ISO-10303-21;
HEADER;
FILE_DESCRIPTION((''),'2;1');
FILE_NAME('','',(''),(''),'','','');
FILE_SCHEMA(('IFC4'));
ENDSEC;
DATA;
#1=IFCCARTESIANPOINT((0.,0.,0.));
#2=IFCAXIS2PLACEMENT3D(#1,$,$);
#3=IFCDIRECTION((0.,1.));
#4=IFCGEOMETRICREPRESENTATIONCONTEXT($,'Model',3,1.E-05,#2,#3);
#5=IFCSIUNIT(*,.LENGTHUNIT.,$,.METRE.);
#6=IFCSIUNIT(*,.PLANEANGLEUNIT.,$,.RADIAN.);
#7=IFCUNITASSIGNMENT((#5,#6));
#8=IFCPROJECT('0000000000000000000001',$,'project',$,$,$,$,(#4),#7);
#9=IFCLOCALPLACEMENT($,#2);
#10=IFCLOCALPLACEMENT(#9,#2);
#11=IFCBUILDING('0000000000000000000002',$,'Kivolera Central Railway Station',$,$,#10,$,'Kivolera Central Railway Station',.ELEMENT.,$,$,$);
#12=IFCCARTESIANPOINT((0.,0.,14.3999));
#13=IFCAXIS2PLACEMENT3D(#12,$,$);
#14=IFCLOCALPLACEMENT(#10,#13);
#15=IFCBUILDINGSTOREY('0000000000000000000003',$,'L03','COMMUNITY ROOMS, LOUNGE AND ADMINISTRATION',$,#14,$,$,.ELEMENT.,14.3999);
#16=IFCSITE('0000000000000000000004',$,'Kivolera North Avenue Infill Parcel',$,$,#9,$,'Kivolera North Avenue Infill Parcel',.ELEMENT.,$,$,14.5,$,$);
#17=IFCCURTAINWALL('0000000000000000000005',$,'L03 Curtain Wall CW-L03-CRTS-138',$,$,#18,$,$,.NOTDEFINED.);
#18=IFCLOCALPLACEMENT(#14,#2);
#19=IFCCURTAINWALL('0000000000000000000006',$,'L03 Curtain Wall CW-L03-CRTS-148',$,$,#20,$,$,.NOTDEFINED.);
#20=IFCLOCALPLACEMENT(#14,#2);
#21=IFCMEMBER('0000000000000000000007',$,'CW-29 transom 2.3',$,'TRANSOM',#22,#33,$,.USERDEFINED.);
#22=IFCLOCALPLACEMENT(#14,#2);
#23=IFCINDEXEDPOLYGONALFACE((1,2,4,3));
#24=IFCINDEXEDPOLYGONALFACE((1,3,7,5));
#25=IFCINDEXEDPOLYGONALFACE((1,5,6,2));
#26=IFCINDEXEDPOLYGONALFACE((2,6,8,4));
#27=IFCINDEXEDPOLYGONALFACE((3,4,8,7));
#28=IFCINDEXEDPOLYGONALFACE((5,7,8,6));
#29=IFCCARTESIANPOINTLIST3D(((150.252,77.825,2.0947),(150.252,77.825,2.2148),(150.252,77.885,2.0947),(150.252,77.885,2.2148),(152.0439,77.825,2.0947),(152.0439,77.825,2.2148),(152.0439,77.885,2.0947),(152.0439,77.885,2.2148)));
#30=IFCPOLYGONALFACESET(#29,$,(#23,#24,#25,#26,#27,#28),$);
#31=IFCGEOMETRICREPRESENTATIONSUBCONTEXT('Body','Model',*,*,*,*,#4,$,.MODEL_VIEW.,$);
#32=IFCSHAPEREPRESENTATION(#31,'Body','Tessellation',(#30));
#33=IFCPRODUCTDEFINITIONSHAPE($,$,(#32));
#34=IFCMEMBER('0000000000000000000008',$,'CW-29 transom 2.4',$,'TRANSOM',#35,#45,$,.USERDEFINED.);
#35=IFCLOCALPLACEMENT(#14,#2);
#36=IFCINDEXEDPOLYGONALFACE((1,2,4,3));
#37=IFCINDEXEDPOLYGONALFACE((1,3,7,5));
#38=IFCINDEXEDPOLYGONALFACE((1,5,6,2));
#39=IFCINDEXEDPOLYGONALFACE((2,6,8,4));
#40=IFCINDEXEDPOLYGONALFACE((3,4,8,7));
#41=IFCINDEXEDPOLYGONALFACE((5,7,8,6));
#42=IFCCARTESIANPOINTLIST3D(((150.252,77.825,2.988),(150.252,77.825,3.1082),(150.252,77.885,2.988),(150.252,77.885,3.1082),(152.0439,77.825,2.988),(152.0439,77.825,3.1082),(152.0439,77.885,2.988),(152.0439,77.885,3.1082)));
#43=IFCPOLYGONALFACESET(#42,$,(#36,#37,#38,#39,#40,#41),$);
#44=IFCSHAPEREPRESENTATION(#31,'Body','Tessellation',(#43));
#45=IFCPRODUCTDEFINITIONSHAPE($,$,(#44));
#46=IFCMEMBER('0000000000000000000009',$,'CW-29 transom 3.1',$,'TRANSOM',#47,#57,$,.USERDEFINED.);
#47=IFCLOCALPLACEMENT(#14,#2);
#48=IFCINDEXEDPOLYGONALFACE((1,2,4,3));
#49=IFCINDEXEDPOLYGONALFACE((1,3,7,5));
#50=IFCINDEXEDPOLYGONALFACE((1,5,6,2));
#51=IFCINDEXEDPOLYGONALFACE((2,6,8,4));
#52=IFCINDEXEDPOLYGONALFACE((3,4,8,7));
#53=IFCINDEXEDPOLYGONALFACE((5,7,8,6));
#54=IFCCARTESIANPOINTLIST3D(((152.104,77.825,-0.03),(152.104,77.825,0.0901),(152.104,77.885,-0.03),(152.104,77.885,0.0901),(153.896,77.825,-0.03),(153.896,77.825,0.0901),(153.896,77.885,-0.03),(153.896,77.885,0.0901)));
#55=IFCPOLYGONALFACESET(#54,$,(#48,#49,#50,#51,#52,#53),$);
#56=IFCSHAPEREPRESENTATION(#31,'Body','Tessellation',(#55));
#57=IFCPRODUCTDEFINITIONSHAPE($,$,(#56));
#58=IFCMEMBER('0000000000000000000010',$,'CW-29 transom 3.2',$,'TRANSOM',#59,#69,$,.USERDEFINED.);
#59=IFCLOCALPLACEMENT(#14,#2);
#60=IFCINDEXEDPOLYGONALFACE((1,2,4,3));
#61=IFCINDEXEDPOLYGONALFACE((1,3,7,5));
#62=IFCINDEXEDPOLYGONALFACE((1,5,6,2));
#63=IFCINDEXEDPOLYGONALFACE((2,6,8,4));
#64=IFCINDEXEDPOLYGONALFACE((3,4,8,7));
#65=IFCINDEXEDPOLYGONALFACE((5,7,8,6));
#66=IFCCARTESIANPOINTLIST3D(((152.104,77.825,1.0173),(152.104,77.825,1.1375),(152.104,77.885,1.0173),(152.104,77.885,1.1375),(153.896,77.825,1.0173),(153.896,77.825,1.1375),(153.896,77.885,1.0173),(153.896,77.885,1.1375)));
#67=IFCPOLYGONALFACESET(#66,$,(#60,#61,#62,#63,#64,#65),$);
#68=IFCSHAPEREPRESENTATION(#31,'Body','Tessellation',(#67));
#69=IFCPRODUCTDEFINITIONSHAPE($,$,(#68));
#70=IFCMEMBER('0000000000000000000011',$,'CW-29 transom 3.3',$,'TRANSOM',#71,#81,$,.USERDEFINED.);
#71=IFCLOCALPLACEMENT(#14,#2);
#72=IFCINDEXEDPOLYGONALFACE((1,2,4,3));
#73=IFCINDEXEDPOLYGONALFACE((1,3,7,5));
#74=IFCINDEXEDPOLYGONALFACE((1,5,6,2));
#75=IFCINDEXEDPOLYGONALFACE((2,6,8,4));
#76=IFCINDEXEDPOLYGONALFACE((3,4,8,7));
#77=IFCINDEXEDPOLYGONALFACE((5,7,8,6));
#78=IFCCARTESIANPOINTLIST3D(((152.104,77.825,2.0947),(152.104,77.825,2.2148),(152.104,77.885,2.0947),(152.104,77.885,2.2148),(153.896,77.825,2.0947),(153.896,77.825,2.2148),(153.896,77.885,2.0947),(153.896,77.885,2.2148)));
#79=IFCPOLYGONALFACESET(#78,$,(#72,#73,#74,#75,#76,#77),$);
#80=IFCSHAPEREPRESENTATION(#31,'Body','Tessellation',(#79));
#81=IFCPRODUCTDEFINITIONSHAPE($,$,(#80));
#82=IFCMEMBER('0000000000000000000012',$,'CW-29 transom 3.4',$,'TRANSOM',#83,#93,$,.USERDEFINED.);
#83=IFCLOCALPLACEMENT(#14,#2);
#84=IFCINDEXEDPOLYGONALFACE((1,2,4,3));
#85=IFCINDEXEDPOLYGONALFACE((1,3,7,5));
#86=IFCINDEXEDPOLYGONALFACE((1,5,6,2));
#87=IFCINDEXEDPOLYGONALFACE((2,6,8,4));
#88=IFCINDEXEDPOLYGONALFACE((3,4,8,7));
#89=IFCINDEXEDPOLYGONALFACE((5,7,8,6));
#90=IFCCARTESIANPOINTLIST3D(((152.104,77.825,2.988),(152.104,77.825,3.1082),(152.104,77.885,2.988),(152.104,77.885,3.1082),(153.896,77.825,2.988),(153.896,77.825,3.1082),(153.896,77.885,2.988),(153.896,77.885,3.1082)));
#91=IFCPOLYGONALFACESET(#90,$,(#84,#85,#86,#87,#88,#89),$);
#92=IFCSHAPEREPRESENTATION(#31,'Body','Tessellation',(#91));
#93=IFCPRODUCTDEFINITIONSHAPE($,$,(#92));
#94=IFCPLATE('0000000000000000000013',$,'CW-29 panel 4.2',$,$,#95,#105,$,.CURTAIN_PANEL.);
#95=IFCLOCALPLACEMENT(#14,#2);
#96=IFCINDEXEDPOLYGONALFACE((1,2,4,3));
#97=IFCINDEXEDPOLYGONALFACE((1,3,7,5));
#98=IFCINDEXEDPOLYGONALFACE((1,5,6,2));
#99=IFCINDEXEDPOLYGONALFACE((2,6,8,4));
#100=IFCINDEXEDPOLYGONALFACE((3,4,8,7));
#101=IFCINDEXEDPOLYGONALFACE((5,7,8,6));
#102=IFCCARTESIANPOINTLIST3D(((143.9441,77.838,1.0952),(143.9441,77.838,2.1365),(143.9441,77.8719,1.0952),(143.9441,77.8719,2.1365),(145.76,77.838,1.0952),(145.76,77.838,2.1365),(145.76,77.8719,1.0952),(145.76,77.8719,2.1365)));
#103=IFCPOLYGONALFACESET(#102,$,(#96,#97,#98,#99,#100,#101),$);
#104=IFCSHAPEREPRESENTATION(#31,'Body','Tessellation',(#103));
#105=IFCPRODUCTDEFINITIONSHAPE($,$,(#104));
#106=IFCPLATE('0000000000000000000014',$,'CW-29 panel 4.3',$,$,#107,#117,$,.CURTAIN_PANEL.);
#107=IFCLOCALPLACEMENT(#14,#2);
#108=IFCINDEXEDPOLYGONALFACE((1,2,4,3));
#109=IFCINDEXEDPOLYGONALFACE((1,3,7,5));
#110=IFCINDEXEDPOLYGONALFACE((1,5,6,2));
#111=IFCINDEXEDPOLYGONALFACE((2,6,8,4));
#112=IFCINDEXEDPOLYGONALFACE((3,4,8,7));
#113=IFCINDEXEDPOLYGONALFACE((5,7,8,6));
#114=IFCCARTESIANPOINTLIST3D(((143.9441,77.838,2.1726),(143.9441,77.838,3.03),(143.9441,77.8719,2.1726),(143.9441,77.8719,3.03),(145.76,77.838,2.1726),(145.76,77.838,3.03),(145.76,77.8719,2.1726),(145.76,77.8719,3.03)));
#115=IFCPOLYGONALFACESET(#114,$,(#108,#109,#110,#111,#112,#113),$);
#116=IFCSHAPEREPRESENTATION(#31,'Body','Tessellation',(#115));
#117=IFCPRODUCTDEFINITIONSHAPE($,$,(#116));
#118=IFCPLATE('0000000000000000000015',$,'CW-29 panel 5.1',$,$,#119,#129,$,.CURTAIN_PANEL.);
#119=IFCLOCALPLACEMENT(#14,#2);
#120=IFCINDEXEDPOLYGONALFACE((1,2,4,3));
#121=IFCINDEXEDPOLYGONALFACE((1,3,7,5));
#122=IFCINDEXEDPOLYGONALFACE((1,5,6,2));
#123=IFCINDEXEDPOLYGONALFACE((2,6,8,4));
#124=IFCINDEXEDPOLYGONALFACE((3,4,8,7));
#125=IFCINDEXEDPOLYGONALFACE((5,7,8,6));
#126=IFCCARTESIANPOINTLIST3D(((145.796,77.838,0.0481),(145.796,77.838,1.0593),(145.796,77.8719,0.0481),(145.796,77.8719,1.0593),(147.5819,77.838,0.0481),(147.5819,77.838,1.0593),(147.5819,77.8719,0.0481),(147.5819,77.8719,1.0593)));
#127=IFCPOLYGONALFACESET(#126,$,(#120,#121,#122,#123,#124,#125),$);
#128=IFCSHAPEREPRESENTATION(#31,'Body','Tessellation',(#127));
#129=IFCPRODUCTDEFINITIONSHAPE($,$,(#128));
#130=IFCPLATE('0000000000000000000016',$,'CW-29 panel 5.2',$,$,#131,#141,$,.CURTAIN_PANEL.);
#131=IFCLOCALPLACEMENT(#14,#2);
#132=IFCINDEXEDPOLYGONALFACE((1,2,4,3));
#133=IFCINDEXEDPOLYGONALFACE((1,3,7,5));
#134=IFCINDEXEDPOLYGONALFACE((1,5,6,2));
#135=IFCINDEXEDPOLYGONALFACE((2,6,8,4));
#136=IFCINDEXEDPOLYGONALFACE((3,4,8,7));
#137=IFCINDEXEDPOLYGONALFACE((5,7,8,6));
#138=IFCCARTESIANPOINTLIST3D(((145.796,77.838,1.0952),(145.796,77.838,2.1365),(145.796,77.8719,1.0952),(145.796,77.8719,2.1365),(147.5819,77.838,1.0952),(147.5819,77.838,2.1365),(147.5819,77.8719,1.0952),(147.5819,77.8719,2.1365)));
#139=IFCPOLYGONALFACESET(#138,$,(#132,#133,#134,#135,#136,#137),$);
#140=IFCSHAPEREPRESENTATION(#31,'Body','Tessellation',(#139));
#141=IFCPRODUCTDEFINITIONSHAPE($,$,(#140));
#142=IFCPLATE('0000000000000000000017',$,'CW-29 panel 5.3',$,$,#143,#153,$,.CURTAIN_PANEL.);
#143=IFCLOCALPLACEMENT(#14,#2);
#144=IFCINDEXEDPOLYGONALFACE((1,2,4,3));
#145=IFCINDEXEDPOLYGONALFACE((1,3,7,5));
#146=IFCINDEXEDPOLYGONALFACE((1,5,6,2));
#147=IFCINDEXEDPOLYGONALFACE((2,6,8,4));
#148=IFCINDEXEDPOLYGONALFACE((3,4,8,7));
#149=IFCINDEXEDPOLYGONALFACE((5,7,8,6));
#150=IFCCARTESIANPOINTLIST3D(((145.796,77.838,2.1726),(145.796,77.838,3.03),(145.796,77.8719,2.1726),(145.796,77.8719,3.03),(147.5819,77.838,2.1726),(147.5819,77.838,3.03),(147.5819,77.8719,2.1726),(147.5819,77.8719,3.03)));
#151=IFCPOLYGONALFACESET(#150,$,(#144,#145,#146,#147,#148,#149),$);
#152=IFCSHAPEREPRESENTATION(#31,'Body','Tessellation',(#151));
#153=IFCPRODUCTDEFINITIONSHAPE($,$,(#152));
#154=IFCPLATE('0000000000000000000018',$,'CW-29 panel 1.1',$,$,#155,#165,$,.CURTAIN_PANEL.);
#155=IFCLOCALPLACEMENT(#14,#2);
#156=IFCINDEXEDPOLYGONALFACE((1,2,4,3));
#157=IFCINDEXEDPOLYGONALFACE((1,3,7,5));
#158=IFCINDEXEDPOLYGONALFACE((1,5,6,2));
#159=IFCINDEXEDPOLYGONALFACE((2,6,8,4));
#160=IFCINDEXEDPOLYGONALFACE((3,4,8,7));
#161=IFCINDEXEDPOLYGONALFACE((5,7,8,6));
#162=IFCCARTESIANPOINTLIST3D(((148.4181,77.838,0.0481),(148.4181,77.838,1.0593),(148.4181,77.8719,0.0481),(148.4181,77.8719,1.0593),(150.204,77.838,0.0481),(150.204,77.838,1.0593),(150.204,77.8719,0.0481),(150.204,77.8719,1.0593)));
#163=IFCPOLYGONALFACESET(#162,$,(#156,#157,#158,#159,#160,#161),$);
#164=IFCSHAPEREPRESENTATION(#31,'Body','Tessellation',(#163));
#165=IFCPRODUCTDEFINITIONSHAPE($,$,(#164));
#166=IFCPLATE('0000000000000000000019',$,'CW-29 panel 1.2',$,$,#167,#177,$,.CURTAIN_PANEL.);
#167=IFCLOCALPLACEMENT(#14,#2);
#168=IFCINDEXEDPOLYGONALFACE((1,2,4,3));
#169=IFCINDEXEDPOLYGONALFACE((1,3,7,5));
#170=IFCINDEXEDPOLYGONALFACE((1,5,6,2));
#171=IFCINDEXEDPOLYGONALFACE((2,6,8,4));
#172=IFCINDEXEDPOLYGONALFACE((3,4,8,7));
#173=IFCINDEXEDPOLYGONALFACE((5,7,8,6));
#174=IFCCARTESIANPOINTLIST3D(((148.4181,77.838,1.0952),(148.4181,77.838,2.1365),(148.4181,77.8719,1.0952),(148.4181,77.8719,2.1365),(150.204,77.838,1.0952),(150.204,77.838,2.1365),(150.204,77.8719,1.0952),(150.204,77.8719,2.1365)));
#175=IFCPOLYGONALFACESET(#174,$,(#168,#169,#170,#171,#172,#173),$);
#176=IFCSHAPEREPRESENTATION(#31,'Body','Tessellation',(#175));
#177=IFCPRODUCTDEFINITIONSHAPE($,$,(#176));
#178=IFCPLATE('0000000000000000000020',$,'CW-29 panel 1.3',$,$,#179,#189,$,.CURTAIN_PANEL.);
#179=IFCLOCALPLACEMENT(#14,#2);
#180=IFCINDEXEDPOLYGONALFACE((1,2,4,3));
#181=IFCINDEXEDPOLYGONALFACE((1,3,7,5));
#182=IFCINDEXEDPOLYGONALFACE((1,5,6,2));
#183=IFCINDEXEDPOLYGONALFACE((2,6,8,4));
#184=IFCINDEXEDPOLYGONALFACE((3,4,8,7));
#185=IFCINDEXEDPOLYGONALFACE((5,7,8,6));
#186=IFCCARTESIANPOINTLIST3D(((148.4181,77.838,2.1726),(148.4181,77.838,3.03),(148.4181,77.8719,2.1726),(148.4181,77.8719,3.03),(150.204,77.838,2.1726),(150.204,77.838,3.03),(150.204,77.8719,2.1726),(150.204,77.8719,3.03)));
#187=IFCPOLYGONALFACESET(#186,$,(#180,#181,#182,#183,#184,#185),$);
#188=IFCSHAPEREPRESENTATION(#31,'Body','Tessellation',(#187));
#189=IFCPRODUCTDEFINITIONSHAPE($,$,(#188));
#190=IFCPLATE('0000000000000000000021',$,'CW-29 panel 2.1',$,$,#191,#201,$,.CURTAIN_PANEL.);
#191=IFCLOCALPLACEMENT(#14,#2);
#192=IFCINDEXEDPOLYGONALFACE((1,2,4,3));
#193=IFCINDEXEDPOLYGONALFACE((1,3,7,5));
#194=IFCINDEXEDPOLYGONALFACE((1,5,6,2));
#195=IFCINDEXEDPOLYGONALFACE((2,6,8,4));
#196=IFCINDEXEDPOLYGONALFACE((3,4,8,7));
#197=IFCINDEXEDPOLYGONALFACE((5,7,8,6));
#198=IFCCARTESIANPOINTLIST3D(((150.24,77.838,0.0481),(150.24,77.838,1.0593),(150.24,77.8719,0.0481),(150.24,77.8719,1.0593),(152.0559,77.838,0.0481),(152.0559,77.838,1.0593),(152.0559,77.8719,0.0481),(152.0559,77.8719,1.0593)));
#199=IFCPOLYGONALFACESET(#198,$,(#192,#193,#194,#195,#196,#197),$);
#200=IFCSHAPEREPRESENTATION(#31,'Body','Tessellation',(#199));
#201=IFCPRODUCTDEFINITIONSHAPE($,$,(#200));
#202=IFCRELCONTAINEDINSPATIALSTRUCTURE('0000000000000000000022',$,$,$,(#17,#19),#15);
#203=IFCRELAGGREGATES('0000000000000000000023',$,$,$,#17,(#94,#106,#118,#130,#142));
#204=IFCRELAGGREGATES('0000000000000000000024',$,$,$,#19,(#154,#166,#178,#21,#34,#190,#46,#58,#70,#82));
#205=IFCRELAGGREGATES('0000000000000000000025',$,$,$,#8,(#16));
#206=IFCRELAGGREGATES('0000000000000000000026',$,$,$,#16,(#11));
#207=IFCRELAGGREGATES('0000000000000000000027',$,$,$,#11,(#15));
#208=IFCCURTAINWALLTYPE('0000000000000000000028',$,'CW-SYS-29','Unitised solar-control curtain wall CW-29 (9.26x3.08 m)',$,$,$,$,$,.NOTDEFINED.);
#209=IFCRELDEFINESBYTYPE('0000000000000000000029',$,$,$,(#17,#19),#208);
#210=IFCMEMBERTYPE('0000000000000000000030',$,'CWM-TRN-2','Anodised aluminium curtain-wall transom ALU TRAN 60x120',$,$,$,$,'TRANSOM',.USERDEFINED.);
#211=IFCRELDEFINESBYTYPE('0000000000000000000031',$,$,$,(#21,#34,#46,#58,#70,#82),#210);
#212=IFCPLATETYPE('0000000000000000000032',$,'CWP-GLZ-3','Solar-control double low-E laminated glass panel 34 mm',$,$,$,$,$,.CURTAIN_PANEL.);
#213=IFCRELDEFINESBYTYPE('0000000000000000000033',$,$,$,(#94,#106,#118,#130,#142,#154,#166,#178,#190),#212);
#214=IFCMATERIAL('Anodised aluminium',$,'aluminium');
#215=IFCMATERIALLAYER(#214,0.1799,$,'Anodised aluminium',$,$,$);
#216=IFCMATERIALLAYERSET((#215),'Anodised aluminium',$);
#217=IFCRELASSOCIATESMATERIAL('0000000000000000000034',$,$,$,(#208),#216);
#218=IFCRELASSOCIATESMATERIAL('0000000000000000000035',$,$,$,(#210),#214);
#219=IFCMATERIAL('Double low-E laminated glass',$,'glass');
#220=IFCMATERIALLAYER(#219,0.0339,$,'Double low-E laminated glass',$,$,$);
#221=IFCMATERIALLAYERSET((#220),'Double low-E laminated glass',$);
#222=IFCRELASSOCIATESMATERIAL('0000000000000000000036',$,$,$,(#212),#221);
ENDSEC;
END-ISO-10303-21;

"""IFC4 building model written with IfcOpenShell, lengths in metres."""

from ifc_helpers import new_model, si_unit, direction, frame, origin, origin_2d, place, context, subcontext, project, spatial, rectangle, extrude, material, layer, layer_set, material_profile, profile_set, type_object, element, aggregate, save


model = new_model("IFC4")

# Units and contexts
model_context = context("Model", 3, precision=1e-05, world=origin(), true_north=direction((0.0, 1.0)))
body_context = subcontext(model_context, "Body", "Model", "MODEL_VIEW")
ifc_project = project(units=[si_unit("LENGTHUNIT", "METRE"), si_unit("PLANEANGLEUNIT", "RADIAN")], contexts=[model_context])

# Site, building, storey
site_placement = place(None, origin())
site = spatial("IfcSite", under=ifc_project, at=site_placement, Name="Kivolera North Avenue Infill Parcel", LongName="Kivolera North Avenue Infill Parcel", CompositionType="ELEMENT", RefElevation=14.5)
building_placement = place(site_placement, origin())
building = spatial("IfcBuilding", under=site, at=building_placement, Name="Kivolera Central Railway Station", LongName="Kivolera Central Railway Station", CompositionType="ELEMENT")
storey_placement = place(building_placement, frame((0.0, 0.0, 14.3999)))
storey = spatial("IfcBuildingStorey", under=building, at=storey_placement, Name="L03", Description="COMMUNITY ROOMS, LOUNGE AND ADMINISTRATION", CompositionType="ELEMENT", Elevation=14.3999)

# Curtain walls
ifc_material_1 = material(Name="Anodised aluminium", Category="aluminium")
ifc_layer_1 = layer(ifc_material_1, 0.1799, Name="Anodised aluminium")
ifc_layer_set_1 = layer_set([ifc_layer_1], Name="Anodised aluminium")
curtain_wall_type = type_object("IfcCurtainWallType", Name="CW-SYS-29", Description="Unitised solar-control curtain wall CW-29 (9.26x3.08 m)", PredefinedType="NOTDEFINED", material=ifc_layer_set_1)
curtain_wall_1_placement = place(storey_placement, origin())
curtain_wall_1 = element("IfcCurtainWall", 1, at=curtain_wall_1_placement, inside=storey, type_object=curtain_wall_type, Name="L03 Curtain Wall CW-L03-CRTS-138", PredefinedType="NOTDEFINED")
curtain_wall_2_placement = place(storey_placement, origin())
curtain_wall_2 = element("IfcCurtainWall", 2, at=curtain_wall_2_placement, inside=storey, type_object=curtain_wall_type, Name="L03 Curtain Wall CW-L03-CRTS-148", PredefinedType="NOTDEFINED")

# Members
ifc_material_profile_1 = material_profile(ifc_material_1, rectangle(XDim=0.0601, YDim=0.1201, at=origin_2d()), Name="ALU TRAN 60x120")
ifc_profile_set_1 = profile_set([ifc_material_profile_1], Name="Anodised aluminium")
member_type_1 = type_object("IfcMemberType", Name="CWM-TRN-2", Description="Anodised aluminium curtain-wall transom ALU TRAN 60x120", ElementType="TRANSOM", PredefinedType="USERDEFINED", material=ifc_profile_set_1)
member_1_placement = place(storey_placement, frame((150.252, 77.855, 2.1548), z_axis=(1.0, 0.0, 0.0), x_axis=(0.0, 1.0, 0.0)))
member_1 = element("IfcMember", 3, at=member_1_placement, type_object=member_type_1, Name="CW-29 transom 2.3", ObjectType="TRANSOM", PredefinedType="USERDEFINED", context=body_context, shape_type="SweptSolid", body=[
    extrude(rectangle(XDim=0.0601, YDim=0.1201, at=origin_2d()), origin(), (0.0, 0.0, 1.0), 1.792),
])
member_2_placement = place(storey_placement, frame((150.252, 77.855, 3.0481), z_axis=(1.0, 0.0, 0.0), x_axis=(0.0, 1.0, 0.0)))
member_2 = element("IfcMember", 4, at=member_2_placement, type_object=member_type_1, Name="CW-29 transom 2.4", ObjectType="TRANSOM", PredefinedType="USERDEFINED", context=body_context, shape_type="SweptSolid", body=[
    extrude(rectangle(XDim=0.0601, YDim=0.1201, at=origin_2d()), origin(), (0.0, 0.0, 1.0), 1.792),
])
member_3_placement = place(storey_placement, frame((152.104, 77.855, 0.03), z_axis=(1.0, 0.0, 0.0), x_axis=(0.0, 1.0, 0.0)))
member_3 = element("IfcMember", 5, at=member_3_placement, type_object=member_type_1, Name="CW-29 transom 3.1", ObjectType="TRANSOM", PredefinedType="USERDEFINED", context=body_context, shape_type="SweptSolid", body=[
    extrude(rectangle(XDim=0.0601, YDim=0.1201, at=origin_2d()), origin(), (0.0, 0.0, 1.0), 1.792),
])
member_4_placement = place(storey_placement, frame((152.104, 77.855, 1.0774), z_axis=(1.0, 0.0, 0.0), x_axis=(0.0, 1.0, 0.0)))
member_4 = element("IfcMember", 6, at=member_4_placement, type_object=member_type_1, Name="CW-29 transom 3.2", ObjectType="TRANSOM", PredefinedType="USERDEFINED", context=body_context, shape_type="SweptSolid", body=[
    extrude(rectangle(XDim=0.0601, YDim=0.1201, at=origin_2d()), origin(), (0.0, 0.0, 1.0), 1.792),
])
member_5_placement = place(storey_placement, frame((152.104, 77.855, 2.1548), z_axis=(1.0, 0.0, 0.0), x_axis=(0.0, 1.0, 0.0)))
member_5 = element("IfcMember", 7, at=member_5_placement, type_object=member_type_1, Name="CW-29 transom 3.3", ObjectType="TRANSOM", PredefinedType="USERDEFINED", context=body_context, shape_type="SweptSolid", body=[
    extrude(rectangle(XDim=0.0601, YDim=0.1201, at=origin_2d()), origin(), (0.0, 0.0, 1.0), 1.792),
])
member_6_placement = place(storey_placement, frame((152.104, 77.855, 3.0481), z_axis=(1.0, 0.0, 0.0), x_axis=(0.0, 1.0, 0.0)))
member_6 = element("IfcMember", 8, at=member_6_placement, type_object=member_type_1, Name="CW-29 transom 3.4", ObjectType="TRANSOM", PredefinedType="USERDEFINED", context=body_context, shape_type="SweptSolid", body=[
    extrude(rectangle(XDim=0.0601, YDim=0.1201, at=origin_2d()), origin(), (0.0, 0.0, 1.0), 1.792),
])

# Plates
ifc_material_2 = material(Name="Double low-E laminated glass", Category="glass")
ifc_layer_2 = layer(ifc_material_2, 0.0339, Name="Double low-E laminated glass")
ifc_layer_set_2 = layer_set([ifc_layer_2], Name="Double low-E laminated glass")
plate_type = type_object("IfcPlateType", Name="CWP-GLZ-3", Description="Solar-control double low-E laminated glass panel 34 mm", PredefinedType="CURTAIN_PANEL", material=ifc_layer_set_2)
plate_1_placement = place(storey_placement, frame((144.8521, 77.855, 1.0952), z_axis=(0.0, 0.0, 1.0), x_axis=(1.0, 0.0, 0.0)))
plate_1 = element("IfcPlate", 9, at=plate_1_placement, type_object=plate_type, Name="CW-29 panel 4.2", PredefinedType="CURTAIN_PANEL", context=body_context, shape_type="SweptSolid", body=[
    extrude(rectangle(XDim=1.8159, YDim=0.0339, at=origin_2d()), origin(), (0.0, 0.0, 1.0), 1.0413),
])
plate_2_placement = place(storey_placement, frame((144.8521, 77.855, 2.1726), z_axis=(0.0, 0.0, 1.0), x_axis=(1.0, 0.0, 0.0)))
plate_2 = element("IfcPlate", 10, at=plate_2_placement, type_object=plate_type, Name="CW-29 panel 4.3", PredefinedType="CURTAIN_PANEL", context=body_context, shape_type="SweptSolid", body=[
    extrude(rectangle(XDim=1.8159, YDim=0.0339, at=origin_2d()), origin(), (0.0, 0.0, 1.0), 0.8574),
])
plate_3_placement = place(storey_placement, frame((146.689, 77.855, 0.0481), z_axis=(0.0, 0.0, 1.0), x_axis=(1.0, 0.0, 0.0)))
plate_3 = element("IfcPlate", 11, at=plate_3_placement, type_object=plate_type, Name="CW-29 panel 5.1", PredefinedType="CURTAIN_PANEL", context=body_context, shape_type="SweptSolid", body=[
    extrude(rectangle(XDim=1.7859, YDim=0.0339, at=origin_2d()), origin(), (0.0, 0.0, 1.0), 1.0112),
])
plate_4_placement = place(storey_placement, frame((146.689, 77.855, 1.0952), z_axis=(0.0, 0.0, 1.0), x_axis=(1.0, 0.0, 0.0)))
plate_4 = element("IfcPlate", 12, at=plate_4_placement, type_object=plate_type, Name="CW-29 panel 5.2", PredefinedType="CURTAIN_PANEL", context=body_context, shape_type="SweptSolid", body=[
    extrude(rectangle(XDim=1.7859, YDim=0.0339, at=origin_2d()), origin(), (0.0, 0.0, 1.0), 1.0413),
])
plate_5_placement = place(storey_placement, frame((146.689, 77.855, 2.1726), z_axis=(0.0, 0.0, 1.0), x_axis=(1.0, 0.0, 0.0)))
plate_5 = element("IfcPlate", 13, at=plate_5_placement, type_object=plate_type, Name="CW-29 panel 5.3", PredefinedType="CURTAIN_PANEL", context=body_context, shape_type="SweptSolid", body=[
    extrude(rectangle(XDim=1.7859, YDim=0.0339, at=origin_2d()), origin(), (0.0, 0.0, 1.0), 0.8574),
])
aggregate(curtain_wall_1, [plate_1, plate_2, plate_3, plate_4, plate_5])
plate_6_placement = place(storey_placement, frame((149.311, 77.855, 0.0481), z_axis=(0.0, 0.0, 1.0), x_axis=(1.0, 0.0, 0.0)))
plate_6 = element("IfcPlate", 14, at=plate_6_placement, type_object=plate_type, Name="CW-29 panel 1.1", PredefinedType="CURTAIN_PANEL", context=body_context, shape_type="SweptSolid", body=[
    extrude(rectangle(XDim=1.7859, YDim=0.0339, at=origin_2d()), origin(), (0.0, 0.0, 1.0), 1.0112),
])
plate_7_placement = place(storey_placement, frame((149.311, 77.855, 1.0952), z_axis=(0.0, 0.0, 1.0), x_axis=(1.0, 0.0, 0.0)))
plate_7 = element("IfcPlate", 15, at=plate_7_placement, type_object=plate_type, Name="CW-29 panel 1.2", PredefinedType="CURTAIN_PANEL", context=body_context, shape_type="SweptSolid", body=[
    extrude(rectangle(XDim=1.7859, YDim=0.0339, at=origin_2d()), origin(), (0.0, 0.0, 1.0), 1.0413),
])
plate_8_placement = place(storey_placement, frame((149.311, 77.855, 2.1726), z_axis=(0.0, 0.0, 1.0), x_axis=(1.0, 0.0, 0.0)))
plate_8 = element("IfcPlate", 16, at=plate_8_placement, type_object=plate_type, Name="CW-29 panel 1.3", PredefinedType="CURTAIN_PANEL", context=body_context, shape_type="SweptSolid", body=[
    extrude(rectangle(XDim=1.7859, YDim=0.0339, at=origin_2d()), origin(), (0.0, 0.0, 1.0), 0.8574),
])
plate_9_placement = place(storey_placement, frame((151.1479, 77.855, 0.0481), z_axis=(0.0, 0.0, 1.0), x_axis=(1.0, 0.0, 0.0)))
plate_9 = element("IfcPlate", 17, at=plate_9_placement, type_object=plate_type, Name="CW-29 panel 2.1", PredefinedType="CURTAIN_PANEL", context=body_context, shape_type="SweptSolid", body=[
    extrude(rectangle(XDim=1.8159, YDim=0.0339, at=origin_2d()), origin(), (0.0, 0.0, 1.0), 1.0112),
])
aggregate(curtain_wall_2, [plate_6, plate_7, plate_8, member_1, member_2, plate_9, member_3, member_4, member_5, member_6])

save(model, "model.ifc")
